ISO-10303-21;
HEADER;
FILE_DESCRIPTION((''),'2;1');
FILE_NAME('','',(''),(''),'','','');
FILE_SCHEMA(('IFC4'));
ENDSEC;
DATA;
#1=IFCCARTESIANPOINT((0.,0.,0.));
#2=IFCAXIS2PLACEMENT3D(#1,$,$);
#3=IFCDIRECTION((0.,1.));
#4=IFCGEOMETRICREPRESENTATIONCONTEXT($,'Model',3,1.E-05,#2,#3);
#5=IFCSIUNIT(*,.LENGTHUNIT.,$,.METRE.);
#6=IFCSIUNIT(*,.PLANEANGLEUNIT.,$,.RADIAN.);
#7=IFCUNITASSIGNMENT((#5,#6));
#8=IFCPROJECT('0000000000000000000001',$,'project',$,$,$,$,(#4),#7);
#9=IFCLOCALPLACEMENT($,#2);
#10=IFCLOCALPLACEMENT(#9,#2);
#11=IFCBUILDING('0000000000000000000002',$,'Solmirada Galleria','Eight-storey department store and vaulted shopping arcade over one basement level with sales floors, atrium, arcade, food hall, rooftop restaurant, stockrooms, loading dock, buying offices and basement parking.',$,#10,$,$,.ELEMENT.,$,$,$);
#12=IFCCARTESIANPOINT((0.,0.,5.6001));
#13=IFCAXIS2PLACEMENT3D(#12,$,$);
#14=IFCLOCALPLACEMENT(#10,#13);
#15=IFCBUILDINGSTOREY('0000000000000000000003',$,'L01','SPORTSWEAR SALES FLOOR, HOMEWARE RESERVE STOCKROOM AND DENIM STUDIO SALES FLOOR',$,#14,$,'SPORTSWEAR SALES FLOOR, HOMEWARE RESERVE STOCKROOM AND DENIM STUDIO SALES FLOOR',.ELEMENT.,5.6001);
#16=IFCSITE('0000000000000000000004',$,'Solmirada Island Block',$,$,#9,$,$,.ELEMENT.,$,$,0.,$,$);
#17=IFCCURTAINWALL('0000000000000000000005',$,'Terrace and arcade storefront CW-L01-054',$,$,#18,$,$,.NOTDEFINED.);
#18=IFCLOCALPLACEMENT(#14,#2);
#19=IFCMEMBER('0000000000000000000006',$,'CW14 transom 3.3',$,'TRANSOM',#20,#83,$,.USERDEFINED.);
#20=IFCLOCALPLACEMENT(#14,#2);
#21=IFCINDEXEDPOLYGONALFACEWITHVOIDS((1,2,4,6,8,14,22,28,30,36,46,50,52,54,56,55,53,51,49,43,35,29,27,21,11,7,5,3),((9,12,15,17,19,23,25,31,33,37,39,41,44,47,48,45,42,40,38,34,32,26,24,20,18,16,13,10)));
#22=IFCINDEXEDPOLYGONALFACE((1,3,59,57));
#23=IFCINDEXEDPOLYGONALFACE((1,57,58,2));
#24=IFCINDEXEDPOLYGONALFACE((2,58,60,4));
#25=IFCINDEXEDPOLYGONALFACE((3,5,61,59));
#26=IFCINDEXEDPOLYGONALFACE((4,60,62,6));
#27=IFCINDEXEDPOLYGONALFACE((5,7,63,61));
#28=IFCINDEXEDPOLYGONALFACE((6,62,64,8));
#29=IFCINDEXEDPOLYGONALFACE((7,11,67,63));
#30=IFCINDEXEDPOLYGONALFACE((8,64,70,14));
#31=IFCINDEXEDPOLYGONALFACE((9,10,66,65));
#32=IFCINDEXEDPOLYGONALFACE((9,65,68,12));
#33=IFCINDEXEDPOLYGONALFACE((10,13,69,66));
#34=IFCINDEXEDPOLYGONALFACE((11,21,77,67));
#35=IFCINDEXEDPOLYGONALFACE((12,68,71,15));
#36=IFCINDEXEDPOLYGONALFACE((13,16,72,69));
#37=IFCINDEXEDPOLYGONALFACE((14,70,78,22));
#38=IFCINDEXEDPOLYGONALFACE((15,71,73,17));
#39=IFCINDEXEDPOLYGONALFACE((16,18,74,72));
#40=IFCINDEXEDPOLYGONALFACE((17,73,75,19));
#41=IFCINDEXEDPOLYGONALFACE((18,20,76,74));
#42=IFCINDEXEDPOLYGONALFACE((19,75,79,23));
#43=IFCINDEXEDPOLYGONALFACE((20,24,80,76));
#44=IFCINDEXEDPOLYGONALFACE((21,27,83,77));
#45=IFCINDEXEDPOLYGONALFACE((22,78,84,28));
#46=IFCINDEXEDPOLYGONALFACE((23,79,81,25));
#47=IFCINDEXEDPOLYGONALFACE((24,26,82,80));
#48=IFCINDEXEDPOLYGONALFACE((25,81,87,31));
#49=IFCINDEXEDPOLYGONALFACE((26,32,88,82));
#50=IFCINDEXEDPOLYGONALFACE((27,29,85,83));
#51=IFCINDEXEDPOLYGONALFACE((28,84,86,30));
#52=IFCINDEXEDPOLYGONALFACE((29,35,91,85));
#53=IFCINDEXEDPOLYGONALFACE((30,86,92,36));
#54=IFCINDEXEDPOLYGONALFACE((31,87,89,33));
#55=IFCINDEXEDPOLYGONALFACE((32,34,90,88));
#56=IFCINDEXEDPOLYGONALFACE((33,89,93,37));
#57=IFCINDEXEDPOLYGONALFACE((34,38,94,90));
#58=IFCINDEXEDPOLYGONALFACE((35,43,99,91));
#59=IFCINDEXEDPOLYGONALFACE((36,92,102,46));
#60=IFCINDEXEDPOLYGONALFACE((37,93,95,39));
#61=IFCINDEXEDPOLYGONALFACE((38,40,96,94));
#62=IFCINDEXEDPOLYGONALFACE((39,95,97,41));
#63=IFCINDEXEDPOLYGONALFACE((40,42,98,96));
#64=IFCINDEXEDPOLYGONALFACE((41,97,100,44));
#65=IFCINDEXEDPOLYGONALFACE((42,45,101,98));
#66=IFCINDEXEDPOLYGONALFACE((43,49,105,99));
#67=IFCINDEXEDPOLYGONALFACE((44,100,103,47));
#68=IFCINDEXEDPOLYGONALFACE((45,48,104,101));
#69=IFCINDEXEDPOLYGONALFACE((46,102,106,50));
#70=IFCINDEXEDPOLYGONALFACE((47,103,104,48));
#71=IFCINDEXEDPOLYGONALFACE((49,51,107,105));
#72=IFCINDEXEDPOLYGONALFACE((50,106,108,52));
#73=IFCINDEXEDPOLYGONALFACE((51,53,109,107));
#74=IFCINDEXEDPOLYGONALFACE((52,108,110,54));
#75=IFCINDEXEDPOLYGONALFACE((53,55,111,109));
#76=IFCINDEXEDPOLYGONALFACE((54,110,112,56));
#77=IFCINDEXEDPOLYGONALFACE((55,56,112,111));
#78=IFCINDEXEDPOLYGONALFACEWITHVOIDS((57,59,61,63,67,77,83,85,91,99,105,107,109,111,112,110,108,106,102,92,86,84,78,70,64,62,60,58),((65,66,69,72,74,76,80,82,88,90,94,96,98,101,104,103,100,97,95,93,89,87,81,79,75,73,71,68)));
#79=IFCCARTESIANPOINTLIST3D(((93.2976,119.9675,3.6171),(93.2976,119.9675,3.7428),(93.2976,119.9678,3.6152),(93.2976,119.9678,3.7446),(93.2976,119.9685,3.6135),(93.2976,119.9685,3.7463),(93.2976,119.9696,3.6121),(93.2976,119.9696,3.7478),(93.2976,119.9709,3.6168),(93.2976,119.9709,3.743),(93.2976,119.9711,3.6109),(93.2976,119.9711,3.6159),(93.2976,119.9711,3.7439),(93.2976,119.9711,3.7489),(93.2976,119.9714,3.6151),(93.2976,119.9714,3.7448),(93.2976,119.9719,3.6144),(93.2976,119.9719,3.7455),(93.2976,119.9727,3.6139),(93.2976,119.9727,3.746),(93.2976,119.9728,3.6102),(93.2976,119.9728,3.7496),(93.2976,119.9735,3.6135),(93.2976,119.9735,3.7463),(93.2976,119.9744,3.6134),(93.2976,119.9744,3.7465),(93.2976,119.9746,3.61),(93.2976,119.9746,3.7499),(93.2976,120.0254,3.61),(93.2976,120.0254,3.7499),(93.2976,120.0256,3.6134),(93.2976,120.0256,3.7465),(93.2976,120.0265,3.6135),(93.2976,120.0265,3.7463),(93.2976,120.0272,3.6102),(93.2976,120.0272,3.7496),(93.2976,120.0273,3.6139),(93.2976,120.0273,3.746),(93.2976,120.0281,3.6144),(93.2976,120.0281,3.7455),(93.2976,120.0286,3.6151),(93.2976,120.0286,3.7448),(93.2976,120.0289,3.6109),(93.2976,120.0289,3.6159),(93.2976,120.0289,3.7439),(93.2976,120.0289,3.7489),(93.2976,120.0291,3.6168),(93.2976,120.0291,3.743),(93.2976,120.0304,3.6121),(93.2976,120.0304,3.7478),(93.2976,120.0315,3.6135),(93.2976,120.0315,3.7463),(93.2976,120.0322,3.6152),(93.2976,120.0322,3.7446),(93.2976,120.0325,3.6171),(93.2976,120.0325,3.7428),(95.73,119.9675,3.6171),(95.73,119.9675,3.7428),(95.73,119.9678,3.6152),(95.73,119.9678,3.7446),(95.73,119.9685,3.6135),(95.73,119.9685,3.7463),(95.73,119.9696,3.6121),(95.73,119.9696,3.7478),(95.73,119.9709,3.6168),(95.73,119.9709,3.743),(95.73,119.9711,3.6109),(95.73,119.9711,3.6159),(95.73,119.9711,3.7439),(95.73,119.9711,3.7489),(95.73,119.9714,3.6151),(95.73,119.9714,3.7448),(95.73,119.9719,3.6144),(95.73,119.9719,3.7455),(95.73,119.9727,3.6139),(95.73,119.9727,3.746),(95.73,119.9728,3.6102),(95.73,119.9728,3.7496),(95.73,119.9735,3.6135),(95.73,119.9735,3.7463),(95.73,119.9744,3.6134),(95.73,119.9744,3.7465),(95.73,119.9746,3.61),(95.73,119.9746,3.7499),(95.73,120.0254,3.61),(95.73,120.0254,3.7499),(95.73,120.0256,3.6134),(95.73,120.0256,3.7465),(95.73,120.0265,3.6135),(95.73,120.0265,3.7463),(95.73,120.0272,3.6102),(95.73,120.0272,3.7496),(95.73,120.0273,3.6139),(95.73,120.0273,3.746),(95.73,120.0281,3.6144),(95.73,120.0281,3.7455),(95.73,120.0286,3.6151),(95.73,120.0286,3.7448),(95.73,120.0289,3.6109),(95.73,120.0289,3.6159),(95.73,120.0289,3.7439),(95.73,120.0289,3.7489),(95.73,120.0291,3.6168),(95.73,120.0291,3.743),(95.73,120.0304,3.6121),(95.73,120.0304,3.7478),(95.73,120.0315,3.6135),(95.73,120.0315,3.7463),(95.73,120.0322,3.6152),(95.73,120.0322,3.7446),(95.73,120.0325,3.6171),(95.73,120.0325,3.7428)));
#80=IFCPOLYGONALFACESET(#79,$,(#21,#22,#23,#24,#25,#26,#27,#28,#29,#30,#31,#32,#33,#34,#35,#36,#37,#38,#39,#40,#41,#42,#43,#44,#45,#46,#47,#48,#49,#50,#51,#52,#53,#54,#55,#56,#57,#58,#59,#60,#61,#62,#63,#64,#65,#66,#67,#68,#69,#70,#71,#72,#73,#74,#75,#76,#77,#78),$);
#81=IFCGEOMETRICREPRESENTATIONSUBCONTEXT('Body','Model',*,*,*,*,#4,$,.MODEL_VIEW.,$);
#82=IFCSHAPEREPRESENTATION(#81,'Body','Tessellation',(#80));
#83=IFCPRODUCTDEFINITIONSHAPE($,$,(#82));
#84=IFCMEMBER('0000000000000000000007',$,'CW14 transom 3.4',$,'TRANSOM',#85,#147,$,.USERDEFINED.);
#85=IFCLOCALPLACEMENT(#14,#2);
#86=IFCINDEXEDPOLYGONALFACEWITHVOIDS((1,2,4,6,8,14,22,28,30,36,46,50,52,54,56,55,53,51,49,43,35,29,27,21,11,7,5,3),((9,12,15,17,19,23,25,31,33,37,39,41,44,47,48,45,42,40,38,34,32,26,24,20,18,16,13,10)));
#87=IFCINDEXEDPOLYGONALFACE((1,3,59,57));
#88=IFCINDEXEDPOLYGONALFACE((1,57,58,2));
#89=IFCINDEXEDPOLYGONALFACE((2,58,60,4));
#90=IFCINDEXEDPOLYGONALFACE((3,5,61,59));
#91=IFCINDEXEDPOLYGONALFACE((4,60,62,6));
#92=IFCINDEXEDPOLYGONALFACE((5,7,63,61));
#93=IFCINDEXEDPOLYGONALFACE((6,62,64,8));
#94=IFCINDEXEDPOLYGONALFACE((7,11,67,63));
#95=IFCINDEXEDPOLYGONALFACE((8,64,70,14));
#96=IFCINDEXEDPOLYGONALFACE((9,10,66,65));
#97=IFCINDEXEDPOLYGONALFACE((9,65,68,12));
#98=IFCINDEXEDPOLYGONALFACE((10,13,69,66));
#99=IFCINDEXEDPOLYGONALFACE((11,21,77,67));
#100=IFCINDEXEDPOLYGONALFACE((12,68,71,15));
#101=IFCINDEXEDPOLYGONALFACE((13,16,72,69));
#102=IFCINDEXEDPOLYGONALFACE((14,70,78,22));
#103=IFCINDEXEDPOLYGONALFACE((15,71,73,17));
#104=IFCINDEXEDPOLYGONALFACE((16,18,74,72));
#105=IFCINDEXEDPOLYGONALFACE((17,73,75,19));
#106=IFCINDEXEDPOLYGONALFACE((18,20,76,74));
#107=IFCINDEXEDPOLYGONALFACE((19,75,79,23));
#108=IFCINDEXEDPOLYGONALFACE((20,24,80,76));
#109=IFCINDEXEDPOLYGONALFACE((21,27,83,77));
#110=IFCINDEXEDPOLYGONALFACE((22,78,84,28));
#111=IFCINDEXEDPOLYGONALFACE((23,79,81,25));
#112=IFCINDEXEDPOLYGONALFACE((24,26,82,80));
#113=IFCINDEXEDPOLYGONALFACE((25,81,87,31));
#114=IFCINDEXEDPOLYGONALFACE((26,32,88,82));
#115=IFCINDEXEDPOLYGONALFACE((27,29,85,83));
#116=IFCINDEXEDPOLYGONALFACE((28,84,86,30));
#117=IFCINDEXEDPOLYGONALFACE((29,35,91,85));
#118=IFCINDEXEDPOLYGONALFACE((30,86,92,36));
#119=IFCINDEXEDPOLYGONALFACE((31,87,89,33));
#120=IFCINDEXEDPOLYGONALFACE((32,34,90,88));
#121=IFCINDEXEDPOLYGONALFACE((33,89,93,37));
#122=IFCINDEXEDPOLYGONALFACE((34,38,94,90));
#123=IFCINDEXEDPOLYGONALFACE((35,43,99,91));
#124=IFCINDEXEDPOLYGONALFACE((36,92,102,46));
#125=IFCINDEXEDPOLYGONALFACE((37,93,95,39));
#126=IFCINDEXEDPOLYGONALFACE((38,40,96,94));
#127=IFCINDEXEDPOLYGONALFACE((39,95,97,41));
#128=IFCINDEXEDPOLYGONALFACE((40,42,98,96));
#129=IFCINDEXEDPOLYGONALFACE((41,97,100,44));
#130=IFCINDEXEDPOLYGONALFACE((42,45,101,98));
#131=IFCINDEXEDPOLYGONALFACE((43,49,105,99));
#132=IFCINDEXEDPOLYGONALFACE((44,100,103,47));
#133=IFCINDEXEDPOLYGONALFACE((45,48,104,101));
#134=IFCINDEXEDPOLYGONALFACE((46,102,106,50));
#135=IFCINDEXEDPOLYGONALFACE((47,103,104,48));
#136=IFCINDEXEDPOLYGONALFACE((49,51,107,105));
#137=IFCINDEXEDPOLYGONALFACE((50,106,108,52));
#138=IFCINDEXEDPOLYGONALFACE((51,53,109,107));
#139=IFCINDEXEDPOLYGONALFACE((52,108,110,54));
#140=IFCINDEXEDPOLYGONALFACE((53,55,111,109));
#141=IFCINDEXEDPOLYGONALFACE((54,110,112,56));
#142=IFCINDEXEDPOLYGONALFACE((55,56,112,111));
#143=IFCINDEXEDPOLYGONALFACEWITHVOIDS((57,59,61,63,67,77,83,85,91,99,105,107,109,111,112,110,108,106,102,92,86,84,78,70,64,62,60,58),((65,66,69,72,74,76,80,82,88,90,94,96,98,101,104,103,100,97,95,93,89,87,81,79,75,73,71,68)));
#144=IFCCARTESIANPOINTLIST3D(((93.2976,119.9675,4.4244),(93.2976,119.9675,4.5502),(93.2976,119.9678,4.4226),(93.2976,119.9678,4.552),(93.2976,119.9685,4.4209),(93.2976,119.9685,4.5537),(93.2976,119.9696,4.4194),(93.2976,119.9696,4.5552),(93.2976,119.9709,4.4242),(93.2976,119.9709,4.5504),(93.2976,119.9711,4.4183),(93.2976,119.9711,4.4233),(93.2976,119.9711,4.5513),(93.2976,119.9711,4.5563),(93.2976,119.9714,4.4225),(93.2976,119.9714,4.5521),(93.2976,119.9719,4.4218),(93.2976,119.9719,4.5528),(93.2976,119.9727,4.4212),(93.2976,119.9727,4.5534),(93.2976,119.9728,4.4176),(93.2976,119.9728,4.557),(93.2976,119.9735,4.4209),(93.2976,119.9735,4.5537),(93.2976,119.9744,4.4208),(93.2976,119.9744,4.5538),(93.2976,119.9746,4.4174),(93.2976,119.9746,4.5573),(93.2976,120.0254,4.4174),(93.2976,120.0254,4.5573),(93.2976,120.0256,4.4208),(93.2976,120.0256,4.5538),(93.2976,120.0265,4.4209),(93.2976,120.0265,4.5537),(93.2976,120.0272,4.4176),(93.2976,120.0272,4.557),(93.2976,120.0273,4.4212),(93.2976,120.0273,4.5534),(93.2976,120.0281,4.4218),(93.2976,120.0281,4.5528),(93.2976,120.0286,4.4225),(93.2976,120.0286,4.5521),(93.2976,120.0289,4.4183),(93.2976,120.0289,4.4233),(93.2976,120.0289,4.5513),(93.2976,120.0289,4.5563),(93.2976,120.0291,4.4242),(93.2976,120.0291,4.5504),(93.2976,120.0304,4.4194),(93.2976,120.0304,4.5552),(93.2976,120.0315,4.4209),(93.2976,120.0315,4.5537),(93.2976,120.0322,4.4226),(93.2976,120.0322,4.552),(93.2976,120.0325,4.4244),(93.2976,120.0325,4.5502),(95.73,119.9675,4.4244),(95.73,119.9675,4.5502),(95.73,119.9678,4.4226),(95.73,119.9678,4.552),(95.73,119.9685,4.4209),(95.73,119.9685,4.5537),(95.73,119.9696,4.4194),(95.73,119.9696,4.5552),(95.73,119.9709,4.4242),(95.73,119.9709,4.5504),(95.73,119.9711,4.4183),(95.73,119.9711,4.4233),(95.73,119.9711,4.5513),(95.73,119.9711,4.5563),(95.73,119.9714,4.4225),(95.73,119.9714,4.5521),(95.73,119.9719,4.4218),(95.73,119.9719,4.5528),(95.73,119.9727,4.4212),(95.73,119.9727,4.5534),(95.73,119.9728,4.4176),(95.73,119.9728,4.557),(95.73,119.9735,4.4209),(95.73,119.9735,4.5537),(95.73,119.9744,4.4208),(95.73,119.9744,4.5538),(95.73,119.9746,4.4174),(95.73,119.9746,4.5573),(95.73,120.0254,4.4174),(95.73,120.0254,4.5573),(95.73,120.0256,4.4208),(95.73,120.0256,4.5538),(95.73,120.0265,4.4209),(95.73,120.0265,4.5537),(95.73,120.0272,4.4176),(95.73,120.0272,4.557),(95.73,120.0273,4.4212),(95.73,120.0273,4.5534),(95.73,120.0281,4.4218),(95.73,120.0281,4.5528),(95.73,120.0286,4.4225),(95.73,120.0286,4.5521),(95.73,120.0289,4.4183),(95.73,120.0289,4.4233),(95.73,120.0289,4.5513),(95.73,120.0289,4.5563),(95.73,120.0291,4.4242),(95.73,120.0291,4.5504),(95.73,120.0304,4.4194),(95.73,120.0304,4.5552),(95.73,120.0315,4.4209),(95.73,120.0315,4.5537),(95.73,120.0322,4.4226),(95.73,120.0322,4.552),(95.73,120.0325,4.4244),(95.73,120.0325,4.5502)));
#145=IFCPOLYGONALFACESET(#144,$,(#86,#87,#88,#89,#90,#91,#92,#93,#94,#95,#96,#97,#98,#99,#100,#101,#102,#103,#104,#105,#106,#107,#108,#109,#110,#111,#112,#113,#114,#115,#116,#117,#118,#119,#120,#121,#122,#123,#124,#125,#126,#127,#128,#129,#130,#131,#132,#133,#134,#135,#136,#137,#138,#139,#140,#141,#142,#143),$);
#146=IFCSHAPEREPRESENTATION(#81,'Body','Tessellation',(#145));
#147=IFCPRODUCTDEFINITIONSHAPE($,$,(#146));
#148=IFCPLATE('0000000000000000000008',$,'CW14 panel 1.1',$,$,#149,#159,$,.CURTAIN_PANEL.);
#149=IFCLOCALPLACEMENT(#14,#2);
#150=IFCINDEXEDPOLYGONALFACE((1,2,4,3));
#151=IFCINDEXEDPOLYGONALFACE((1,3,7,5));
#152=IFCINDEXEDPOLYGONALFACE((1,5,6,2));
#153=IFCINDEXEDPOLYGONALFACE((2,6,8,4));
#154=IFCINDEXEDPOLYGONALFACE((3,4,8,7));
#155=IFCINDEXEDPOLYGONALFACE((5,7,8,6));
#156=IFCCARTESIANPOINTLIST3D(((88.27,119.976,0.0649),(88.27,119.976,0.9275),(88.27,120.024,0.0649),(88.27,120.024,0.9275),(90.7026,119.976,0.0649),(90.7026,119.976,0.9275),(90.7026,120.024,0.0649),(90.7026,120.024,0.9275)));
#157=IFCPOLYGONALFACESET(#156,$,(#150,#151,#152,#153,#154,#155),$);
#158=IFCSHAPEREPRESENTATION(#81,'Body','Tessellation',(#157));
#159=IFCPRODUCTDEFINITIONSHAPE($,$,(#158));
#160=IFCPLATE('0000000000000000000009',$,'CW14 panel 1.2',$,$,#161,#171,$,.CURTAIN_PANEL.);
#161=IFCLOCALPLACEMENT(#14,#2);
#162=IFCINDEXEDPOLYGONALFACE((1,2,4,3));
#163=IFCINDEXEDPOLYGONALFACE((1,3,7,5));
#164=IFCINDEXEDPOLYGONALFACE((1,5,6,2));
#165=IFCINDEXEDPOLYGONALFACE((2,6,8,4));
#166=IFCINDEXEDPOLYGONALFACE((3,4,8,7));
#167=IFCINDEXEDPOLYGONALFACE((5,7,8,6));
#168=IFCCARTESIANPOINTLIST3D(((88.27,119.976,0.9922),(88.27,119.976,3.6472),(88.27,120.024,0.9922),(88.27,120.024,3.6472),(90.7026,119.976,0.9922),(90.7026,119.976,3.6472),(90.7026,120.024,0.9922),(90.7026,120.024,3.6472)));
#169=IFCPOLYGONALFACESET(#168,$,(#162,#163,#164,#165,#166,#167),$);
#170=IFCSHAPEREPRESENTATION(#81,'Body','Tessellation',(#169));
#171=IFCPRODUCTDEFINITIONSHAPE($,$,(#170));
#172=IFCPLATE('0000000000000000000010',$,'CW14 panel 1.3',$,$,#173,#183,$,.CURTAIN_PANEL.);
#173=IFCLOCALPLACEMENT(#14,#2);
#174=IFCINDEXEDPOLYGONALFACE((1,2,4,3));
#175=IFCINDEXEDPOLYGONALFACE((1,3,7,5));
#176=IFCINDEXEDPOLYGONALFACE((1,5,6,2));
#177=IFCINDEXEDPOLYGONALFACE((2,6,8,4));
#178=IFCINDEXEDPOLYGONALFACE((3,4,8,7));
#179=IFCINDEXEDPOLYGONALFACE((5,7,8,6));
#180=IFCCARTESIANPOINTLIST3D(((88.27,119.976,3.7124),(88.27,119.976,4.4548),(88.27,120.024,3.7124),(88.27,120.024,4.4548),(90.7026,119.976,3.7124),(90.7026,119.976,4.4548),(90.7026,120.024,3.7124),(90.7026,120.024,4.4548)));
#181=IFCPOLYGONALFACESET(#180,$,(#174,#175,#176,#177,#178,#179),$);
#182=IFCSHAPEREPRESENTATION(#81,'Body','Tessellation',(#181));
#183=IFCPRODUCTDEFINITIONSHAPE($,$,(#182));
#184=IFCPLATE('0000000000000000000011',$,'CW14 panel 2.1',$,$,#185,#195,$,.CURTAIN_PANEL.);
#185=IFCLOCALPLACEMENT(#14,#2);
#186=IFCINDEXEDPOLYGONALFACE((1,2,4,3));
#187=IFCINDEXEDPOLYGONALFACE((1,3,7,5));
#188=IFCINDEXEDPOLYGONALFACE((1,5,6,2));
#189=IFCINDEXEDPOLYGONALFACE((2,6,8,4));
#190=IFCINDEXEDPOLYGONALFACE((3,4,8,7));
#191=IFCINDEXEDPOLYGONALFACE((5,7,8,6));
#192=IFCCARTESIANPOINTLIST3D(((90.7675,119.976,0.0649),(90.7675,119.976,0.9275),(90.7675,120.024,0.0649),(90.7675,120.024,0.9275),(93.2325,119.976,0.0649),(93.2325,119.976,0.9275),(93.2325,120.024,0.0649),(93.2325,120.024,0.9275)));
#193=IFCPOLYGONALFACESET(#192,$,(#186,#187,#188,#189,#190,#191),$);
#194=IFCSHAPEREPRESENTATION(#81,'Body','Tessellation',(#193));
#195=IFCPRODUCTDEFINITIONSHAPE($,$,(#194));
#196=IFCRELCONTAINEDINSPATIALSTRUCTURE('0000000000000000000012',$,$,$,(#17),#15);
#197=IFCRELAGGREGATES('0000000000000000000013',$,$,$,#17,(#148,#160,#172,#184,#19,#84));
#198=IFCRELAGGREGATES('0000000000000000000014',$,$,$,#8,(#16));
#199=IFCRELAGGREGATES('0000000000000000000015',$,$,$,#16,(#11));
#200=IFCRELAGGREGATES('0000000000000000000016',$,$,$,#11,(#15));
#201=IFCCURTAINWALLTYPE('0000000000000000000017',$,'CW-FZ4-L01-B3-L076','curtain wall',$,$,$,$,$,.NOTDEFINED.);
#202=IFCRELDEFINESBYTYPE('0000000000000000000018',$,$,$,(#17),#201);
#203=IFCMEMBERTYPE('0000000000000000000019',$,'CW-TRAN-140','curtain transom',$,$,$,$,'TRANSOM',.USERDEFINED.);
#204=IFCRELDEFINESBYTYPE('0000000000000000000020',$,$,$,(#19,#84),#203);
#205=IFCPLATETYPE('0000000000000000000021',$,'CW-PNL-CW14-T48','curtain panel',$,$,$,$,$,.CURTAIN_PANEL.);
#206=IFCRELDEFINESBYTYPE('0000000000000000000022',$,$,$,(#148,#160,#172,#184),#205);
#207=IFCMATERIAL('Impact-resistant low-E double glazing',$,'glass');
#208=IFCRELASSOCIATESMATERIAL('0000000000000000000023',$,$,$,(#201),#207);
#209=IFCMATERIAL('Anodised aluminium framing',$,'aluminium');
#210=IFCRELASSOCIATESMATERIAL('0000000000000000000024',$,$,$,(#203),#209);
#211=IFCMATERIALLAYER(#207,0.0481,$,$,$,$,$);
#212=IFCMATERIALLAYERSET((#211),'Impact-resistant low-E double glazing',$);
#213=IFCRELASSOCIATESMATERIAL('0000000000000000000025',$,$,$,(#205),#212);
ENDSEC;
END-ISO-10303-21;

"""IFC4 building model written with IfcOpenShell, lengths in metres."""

from ifc_helpers import new_model, si_unit, direction, frame, origin, origin_2d, place, context, subcontext, project, spatial, rectangle, hollow_rectangle, extrude, material, layer, layer_set, material_profile, profile_set, type_object, element, aggregate, save


model = new_model("IFC4")

# Units and contexts
model_context = context("Model", 3, precision=1e-05, world=origin(), true_north=direction((0.0, 1.0)))
body_context = subcontext(model_context, "Body", "Model", "MODEL_VIEW")
ifc_project = project(units=[si_unit("LENGTHUNIT", "METRE"), si_unit("PLANEANGLEUNIT", "RADIAN")], contexts=[model_context])

# Site, building, storey
site_placement = place(None, origin())
site = spatial("IfcSite", under=ifc_project, at=site_placement, Name="Solmirada Island Block", CompositionType="ELEMENT", RefElevation=0.0)
building_placement = place(site_placement, origin())
building = spatial("IfcBuilding", under=site, at=building_placement, Name="Solmirada Galleria", Description="Eight-storey department store and vaulted shopping arcade over one basement level with sales floors, atrium, arcade, food hall, rooftop restaurant, stockrooms, loading dock, buying offices and basement parking.", CompositionType="ELEMENT")
storey_placement = place(building_placement, frame((0.0, 0.0, 5.6001)))
storey = spatial("IfcBuildingStorey", under=building, at=storey_placement, Name="L01", Description="SPORTSWEAR SALES FLOOR, HOMEWARE RESERVE STOCKROOM AND DENIM STUDIO SALES FLOOR", LongName="SPORTSWEAR SALES FLOOR, HOMEWARE RESERVE STOCKROOM AND DENIM STUDIO SALES FLOOR", CompositionType="ELEMENT", Elevation=5.6001)

# Shared definitions
ifc_material_1 = material(Name="Impact-resistant low-E double glazing", Category="glass")
curtain_wall_type = type_object("IfcCurtainWallType", Name="CW-FZ4-L01-B3-L076", Description="curtain wall", PredefinedType="NOTDEFINED", material=ifc_material_1)
ifc_material_2 = material(Name="Anodised aluminium framing", Category="aluminium")

# Curtain wall, members, plates
curtain_wall_1_placement = place(storey_placement, origin())
curtain_wall_1 = element("IfcCurtainWall", 1, at=curtain_wall_1_placement, inside=storey, type_object=curtain_wall_type, Name="Terrace and arcade storefront CW-L01-054", PredefinedType="NOTDEFINED")
ifc_material_profile_1 = material_profile(ifc_material_2, hollow_rectangle(XDim=0.0649, YDim=0.1399, WallThickness=0.0034, InnerFilletRadius=0.0034, OuterFilletRadius=0.0071, at=origin_2d()), Name="ALU-TRAN-140X65")
ifc_profile_set_1 = profile_set([ifc_material_profile_1], Name="Anodised aluminium framing")
member_type_1 = type_object("IfcMemberType", Name="CW-TRAN-140", Description="curtain transom", ElementType="TRANSOM", PredefinedType="USERDEFINED", material=ifc_profile_set_1)
member_1_placement = place(storey_placement, frame((93.2976, 120.0, 3.6799), z_axis=(1.0, 0.0, 0.0), x_axis=(0.0, 1.0, 0.0)))
member_1 = element("IfcMember", 2, at=member_1_placement, type_object=member_type_1, Name="CW14 transom 3.3", ObjectType="TRANSOM", PredefinedType="USERDEFINED", context=body_context, shape_type="SweptSolid", body=[
    extrude(hollow_rectangle(XDim=0.0649, YDim=0.1399, WallThickness=0.0034, InnerFilletRadius=0.0034, OuterFilletRadius=0.0071, at=origin_2d()), origin(), (0.0, 0.0, 1.0), 2.4324),
])
member_2_placement = place(storey_placement, frame((93.2976, 120.0, 4.4873), z_axis=(1.0, 0.0, 0.0), x_axis=(0.0, 1.0, 0.0)))
member_2 = element("IfcMember", 3, at=member_2_placement, type_object=member_type_1, Name="CW14 transom 3.4", ObjectType="TRANSOM", PredefinedType="USERDEFINED", context=body_context, shape_type="SweptSolid", body=[
    extrude(hollow_rectangle(XDim=0.0649, YDim=0.1399, WallThickness=0.0034, InnerFilletRadius=0.0034, OuterFilletRadius=0.0071, at=origin_2d()), origin(), (0.0, 0.0, 1.0), 2.4324),
])
ifc_layer_1 = layer(ifc_material_1, 0.0481)
ifc_layer_set_1 = layer_set([ifc_layer_1], Name="Impact-resistant low-E double glazing")
plate_type = type_object("IfcPlateType", Name="CW-PNL-CW14-T48", Description="curtain panel", PredefinedType="CURTAIN_PANEL", material=ifc_layer_set_1)
plate_1_placement = place(storey_placement, frame((89.4863, 120.0, 0.0649), z_axis=(0.0, 0.0, 1.0), x_axis=(1.0, 0.0, 0.0)))
plate_1 = element("IfcPlate", 4, at=plate_1_placement, type_object=plate_type, Name="CW14 panel 1.1", PredefinedType="CURTAIN_PANEL", context=body_context, shape_type="SweptSolid", body=[
    extrude(rectangle(XDim=2.4326, YDim=0.0481, at=origin_2d()), origin(), (0.0, 0.0, 1.0), 0.8625),
])
plate_2_placement = place(storey_placement, frame((89.4863, 120.0, 0.9922), z_axis=(0.0, 0.0, 1.0), x_axis=(1.0, 0.0, 0.0)))
plate_2 = element("IfcPlate", 5, at=plate_2_placement, type_object=plate_type, Name="CW14 panel 1.2", PredefinedType="CURTAIN_PANEL", context=body_context, shape_type="SweptSolid", body=[
    extrude(rectangle(XDim=2.4326, YDim=0.0481, at=origin_2d()), origin(), (0.0, 0.0, 1.0), 2.655),
])
plate_3_placement = place(storey_placement, frame((89.4863, 120.0, 3.7124), z_axis=(0.0, 0.0, 1.0), x_axis=(1.0, 0.0, 0.0)))
plate_3 = element("IfcPlate", 6, at=plate_3_placement, type_object=plate_type, Name="CW14 panel 1.3", PredefinedType="CURTAIN_PANEL", context=body_context, shape_type="SweptSolid", body=[
    extrude(rectangle(XDim=2.4326, YDim=0.0481, at=origin_2d()), origin(), (0.0, 0.0, 1.0), 0.7424),
])
plate_4_placement = place(storey_placement, frame((92.0, 120.0, 0.0649), z_axis=(0.0, 0.0, 1.0), x_axis=(1.0, 0.0, 0.0)))
plate_4 = element("IfcPlate", 7, at=plate_4_placement, type_object=plate_type, Name="CW14 panel 2.1", PredefinedType="CURTAIN_PANEL", context=body_context, shape_type="SweptSolid", body=[
    extrude(rectangle(XDim=2.4651, YDim=0.0481, at=origin_2d()), origin(), (0.0, 0.0, 1.0), 0.8625),
])
aggregate(curtain_wall_1, [plate_1, plate_2, plate_3, plate_4, member_1, member_2])

save(model, "model.ifc")
